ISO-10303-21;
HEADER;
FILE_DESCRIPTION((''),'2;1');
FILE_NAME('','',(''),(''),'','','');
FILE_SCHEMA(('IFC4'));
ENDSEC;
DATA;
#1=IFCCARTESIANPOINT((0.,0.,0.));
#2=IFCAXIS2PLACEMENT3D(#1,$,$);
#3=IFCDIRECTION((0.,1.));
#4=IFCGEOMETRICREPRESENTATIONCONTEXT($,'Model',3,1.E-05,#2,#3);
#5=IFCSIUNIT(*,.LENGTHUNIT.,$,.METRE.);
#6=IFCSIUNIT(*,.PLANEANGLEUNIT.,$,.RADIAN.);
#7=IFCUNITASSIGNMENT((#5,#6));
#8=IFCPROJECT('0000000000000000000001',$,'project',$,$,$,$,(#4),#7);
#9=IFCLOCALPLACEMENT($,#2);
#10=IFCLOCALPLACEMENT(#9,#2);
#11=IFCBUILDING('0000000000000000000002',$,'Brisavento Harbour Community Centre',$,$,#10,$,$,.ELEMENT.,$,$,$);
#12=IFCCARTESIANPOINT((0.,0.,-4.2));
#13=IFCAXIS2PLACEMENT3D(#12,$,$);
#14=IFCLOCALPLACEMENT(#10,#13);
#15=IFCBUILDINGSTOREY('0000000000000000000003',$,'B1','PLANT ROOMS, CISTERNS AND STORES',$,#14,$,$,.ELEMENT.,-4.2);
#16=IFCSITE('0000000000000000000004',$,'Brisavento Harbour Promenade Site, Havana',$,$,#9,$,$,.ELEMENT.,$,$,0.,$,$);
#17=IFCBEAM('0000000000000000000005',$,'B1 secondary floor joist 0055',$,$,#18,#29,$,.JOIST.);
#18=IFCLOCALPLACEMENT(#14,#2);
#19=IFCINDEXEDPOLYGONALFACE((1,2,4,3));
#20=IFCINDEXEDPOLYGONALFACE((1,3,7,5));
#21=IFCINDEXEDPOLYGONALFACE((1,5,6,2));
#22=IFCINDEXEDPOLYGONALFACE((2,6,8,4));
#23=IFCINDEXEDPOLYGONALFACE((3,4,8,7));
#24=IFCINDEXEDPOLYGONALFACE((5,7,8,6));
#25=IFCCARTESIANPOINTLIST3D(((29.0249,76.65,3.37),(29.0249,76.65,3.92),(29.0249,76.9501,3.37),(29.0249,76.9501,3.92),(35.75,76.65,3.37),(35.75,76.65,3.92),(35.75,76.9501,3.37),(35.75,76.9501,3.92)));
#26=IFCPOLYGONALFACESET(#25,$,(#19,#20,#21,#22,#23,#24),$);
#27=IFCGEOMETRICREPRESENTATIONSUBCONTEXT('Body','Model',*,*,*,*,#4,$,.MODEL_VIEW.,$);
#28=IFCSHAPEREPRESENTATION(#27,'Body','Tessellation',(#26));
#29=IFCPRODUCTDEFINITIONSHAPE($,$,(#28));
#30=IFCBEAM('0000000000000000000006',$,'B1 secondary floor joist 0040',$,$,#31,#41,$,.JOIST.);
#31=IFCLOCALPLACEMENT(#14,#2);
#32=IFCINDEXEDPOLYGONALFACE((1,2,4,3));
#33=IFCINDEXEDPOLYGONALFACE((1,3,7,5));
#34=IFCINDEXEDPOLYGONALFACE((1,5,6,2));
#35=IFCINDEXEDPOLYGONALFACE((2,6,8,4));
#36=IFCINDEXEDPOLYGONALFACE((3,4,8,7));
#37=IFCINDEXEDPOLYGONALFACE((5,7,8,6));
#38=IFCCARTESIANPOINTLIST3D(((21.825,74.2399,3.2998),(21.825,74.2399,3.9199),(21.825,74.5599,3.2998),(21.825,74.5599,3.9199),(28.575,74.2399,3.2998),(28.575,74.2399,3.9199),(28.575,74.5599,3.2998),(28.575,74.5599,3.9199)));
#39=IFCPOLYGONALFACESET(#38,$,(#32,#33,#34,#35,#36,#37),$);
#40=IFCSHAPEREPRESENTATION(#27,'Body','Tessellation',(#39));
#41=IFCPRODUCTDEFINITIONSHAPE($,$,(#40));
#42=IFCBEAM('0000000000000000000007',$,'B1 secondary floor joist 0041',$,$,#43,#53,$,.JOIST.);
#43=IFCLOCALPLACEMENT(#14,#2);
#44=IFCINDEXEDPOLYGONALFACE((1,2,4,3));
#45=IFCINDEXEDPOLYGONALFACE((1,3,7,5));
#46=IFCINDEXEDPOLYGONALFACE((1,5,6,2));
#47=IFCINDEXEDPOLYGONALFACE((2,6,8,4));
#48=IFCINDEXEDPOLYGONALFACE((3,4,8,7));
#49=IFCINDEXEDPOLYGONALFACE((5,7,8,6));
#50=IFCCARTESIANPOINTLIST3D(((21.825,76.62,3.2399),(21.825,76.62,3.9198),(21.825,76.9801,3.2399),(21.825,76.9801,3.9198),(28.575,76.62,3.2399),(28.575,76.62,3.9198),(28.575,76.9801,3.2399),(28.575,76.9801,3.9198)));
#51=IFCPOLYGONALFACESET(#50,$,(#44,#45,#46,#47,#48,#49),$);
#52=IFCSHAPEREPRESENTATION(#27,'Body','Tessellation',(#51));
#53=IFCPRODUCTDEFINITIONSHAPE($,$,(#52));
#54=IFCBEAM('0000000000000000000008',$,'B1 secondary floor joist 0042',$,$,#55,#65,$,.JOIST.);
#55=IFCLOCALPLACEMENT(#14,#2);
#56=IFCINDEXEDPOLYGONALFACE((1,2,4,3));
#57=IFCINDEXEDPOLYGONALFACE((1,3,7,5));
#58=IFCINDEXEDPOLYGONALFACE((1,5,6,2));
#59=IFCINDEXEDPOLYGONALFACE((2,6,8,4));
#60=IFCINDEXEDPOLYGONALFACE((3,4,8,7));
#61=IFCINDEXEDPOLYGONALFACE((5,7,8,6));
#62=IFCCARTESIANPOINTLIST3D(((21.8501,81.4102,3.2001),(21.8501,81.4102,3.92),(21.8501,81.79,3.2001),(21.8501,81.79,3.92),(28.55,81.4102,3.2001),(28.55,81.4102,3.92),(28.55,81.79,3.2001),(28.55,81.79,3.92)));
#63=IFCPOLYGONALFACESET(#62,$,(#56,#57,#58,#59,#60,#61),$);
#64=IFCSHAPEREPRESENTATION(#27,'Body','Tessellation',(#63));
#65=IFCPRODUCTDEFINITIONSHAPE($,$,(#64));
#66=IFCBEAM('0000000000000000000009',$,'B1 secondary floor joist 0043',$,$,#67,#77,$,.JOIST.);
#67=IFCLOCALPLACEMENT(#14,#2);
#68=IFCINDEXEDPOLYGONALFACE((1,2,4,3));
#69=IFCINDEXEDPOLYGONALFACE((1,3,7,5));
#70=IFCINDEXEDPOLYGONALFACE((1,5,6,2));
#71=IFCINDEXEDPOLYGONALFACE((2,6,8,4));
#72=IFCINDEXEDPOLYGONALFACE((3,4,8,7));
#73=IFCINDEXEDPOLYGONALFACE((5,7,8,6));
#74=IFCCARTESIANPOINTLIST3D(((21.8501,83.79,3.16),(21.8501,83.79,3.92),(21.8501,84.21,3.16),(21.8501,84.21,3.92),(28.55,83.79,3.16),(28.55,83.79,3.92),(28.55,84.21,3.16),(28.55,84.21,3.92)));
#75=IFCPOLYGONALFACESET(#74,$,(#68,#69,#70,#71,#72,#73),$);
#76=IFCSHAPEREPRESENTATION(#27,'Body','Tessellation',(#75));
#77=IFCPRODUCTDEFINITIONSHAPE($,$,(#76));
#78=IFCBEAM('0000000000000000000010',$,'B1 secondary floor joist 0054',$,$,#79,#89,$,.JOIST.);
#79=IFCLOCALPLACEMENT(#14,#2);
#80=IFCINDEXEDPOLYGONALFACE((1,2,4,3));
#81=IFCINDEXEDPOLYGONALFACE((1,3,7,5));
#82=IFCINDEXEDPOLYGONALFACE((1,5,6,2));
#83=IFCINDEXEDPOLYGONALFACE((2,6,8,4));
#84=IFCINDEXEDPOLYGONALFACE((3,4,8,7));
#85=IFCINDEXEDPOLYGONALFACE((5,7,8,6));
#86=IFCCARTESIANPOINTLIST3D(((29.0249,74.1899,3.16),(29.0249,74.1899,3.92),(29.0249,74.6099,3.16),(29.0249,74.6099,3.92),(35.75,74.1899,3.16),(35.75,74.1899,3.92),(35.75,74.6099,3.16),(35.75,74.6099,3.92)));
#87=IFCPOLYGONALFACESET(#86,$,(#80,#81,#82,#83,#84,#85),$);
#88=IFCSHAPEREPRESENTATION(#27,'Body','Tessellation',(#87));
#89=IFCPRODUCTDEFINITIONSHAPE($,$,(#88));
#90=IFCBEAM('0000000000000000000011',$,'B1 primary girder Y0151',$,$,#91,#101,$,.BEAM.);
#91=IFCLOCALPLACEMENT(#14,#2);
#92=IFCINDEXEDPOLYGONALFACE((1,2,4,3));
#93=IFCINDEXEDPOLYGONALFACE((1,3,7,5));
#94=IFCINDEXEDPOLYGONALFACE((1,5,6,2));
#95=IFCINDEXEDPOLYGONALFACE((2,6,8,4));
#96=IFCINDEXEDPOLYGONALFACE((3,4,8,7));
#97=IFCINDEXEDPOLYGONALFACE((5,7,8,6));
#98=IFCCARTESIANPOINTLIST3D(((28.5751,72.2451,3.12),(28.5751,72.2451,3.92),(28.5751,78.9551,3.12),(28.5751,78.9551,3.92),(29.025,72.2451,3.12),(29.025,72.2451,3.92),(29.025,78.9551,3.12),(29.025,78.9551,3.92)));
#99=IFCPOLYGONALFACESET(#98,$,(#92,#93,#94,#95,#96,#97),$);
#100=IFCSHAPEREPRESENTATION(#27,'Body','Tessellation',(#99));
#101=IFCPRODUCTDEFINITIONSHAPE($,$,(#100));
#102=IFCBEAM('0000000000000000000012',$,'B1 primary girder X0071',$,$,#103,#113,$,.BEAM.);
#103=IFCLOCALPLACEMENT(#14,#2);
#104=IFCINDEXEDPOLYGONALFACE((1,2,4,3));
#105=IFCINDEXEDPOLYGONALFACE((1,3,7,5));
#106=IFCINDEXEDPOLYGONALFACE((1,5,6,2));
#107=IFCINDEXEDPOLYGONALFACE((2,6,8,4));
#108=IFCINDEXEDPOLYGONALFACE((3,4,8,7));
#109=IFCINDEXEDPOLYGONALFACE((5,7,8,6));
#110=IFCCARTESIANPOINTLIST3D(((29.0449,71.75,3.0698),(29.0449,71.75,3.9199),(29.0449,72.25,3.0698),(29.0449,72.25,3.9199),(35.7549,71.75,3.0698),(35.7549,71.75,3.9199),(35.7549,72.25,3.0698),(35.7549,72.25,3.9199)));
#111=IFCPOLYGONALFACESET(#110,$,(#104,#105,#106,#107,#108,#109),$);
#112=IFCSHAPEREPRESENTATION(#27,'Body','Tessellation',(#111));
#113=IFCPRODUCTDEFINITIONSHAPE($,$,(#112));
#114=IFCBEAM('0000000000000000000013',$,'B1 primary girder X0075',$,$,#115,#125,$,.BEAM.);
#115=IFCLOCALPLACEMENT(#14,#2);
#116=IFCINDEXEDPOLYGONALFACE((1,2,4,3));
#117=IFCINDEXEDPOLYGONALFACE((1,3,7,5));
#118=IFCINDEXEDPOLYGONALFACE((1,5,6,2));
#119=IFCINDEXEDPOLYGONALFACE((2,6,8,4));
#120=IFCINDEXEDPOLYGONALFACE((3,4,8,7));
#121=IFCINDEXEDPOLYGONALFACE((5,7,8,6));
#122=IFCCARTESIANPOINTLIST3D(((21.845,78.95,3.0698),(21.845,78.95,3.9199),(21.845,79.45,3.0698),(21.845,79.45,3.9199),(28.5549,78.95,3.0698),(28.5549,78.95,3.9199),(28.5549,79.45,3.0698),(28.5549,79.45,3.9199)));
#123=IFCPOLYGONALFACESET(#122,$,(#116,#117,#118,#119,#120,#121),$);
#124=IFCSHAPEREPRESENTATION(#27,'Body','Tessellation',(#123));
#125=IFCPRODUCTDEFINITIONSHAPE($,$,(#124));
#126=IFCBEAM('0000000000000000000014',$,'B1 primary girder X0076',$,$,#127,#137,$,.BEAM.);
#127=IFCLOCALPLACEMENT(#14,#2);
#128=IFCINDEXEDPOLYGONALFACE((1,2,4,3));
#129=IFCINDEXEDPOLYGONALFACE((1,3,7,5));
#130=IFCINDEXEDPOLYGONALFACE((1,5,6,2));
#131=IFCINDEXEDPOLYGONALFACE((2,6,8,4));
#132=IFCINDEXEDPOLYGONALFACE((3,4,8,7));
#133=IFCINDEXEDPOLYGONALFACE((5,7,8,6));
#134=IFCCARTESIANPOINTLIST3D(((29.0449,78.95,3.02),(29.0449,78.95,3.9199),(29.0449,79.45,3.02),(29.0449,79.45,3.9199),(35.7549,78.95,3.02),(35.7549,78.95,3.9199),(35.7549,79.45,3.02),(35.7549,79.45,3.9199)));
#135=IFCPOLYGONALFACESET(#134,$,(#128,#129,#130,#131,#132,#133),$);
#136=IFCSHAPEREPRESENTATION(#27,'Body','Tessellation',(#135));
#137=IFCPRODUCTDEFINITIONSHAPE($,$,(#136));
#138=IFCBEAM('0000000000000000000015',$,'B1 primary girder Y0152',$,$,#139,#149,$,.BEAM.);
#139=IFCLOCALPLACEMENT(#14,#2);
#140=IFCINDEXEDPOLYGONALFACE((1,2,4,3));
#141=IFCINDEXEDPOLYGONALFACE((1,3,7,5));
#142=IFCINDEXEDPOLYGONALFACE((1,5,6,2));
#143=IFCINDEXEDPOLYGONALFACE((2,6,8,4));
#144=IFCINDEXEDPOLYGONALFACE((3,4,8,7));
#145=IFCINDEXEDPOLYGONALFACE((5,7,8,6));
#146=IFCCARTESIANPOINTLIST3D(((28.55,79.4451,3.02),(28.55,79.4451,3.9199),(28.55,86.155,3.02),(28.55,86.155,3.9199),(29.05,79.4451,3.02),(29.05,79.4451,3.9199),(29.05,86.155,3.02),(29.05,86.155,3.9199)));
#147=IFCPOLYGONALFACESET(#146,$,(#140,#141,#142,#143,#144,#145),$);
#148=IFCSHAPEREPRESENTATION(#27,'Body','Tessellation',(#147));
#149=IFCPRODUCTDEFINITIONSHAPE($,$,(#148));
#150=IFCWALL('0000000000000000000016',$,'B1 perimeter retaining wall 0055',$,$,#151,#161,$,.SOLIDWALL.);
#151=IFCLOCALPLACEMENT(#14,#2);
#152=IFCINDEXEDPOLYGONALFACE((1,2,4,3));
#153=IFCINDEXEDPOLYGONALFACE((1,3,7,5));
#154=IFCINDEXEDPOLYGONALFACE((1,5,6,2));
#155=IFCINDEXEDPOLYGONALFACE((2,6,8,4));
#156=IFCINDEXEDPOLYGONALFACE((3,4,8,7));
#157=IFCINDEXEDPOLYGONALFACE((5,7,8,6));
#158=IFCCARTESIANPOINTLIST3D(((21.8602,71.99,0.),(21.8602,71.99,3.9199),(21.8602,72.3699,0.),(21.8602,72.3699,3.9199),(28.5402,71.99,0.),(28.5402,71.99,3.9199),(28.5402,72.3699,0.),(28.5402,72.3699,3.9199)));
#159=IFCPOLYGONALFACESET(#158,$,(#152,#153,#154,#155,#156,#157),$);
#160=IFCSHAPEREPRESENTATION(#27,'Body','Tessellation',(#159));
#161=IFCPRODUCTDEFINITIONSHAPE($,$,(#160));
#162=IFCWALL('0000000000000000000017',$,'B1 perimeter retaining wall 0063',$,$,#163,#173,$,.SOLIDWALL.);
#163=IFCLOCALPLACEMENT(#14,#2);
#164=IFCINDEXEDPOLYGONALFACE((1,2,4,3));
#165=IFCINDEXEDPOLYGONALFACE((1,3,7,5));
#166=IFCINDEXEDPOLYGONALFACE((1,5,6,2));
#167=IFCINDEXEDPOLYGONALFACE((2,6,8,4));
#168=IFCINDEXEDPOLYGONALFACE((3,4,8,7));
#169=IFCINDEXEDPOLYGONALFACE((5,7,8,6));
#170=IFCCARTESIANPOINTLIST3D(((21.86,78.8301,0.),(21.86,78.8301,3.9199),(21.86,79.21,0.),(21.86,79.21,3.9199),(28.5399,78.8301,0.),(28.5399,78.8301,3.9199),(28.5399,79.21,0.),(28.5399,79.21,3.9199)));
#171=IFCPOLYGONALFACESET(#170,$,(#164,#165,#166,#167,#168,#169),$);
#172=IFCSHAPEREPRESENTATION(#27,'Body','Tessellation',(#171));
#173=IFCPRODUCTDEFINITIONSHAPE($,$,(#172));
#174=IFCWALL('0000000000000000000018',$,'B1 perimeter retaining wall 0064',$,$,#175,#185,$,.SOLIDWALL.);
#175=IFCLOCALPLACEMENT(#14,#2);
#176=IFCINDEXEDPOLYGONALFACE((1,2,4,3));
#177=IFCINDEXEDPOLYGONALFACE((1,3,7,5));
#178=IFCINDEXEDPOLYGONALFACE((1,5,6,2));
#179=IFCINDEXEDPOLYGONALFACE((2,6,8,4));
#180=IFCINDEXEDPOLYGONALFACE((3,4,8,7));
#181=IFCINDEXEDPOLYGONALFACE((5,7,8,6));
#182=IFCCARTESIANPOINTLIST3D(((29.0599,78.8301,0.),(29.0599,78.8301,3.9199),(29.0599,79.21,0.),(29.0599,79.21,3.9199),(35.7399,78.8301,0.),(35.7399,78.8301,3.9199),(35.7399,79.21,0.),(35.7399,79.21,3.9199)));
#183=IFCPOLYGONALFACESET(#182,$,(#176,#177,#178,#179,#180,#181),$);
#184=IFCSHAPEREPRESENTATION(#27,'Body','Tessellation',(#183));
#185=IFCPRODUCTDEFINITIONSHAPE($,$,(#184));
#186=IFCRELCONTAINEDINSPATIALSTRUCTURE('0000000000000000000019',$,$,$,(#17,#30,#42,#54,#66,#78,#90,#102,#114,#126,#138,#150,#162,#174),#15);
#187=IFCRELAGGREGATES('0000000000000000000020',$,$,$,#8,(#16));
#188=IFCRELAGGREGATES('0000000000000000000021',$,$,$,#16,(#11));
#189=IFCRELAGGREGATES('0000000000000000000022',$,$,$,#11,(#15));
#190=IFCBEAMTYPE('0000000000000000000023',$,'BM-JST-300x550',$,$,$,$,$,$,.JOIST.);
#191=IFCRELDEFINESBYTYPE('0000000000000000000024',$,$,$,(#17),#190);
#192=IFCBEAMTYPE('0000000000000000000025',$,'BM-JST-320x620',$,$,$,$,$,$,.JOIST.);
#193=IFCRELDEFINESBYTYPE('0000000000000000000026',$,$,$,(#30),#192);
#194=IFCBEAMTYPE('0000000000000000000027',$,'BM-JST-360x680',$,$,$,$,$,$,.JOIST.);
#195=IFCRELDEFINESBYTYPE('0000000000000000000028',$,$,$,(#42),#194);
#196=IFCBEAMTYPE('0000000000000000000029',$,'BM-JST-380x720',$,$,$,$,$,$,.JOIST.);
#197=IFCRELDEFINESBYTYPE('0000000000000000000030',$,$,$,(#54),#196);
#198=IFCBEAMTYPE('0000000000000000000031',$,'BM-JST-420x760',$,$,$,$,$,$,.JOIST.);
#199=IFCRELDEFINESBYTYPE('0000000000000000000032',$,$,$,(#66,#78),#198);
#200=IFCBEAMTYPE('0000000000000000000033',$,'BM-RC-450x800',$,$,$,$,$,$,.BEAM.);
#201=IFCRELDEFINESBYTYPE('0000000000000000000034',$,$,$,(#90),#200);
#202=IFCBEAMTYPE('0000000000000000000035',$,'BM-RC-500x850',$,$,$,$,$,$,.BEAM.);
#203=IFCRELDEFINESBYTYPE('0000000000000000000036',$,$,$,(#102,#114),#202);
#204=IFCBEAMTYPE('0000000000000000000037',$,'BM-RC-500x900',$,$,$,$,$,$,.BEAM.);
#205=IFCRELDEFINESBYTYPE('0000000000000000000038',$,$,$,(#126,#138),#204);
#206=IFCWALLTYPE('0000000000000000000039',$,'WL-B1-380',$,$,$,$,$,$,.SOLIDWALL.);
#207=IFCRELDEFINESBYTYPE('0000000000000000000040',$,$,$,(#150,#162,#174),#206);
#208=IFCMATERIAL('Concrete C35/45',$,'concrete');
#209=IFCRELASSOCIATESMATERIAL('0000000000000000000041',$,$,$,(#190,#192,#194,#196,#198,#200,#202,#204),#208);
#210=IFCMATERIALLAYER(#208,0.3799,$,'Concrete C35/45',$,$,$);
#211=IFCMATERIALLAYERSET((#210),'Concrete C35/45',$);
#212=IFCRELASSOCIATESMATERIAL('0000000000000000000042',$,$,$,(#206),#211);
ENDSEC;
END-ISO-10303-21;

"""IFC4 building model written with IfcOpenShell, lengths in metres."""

from ifc_helpers import new_model, si_unit, direction, frame, frame_2d, origin, origin_2d, place, context, subcontext, project, spatial, rectangle, extrude, material, layer, layer_set, material_profile, profile_set, type_object, element, save


model = new_model("IFC4")

# Units and contexts
model_context = context("Model", 3, precision=1e-05, world=origin(), true_north=direction((0.0, 1.0)))
body_context = subcontext(model_context, "Body", "Model", "MODEL_VIEW")
ifc_project = project(units=[si_unit("LENGTHUNIT", "METRE"), si_unit("PLANEANGLEUNIT", "RADIAN")], contexts=[model_context])

# Site, building, storey
site_placement = place(None, origin())
site = spatial("IfcSite", under=ifc_project, at=site_placement, Name="Brisavento Harbour Promenade Site, Havana", CompositionType="ELEMENT", RefElevation=0.0)
building_placement = place(site_placement, origin())
building = spatial("IfcBuilding", under=site, at=building_placement, Name="Brisavento Harbour Community Centre", CompositionType="ELEMENT")
storey_placement = place(building_placement, frame((0.0, 0.0, -4.2)))
storey = spatial("IfcBuildingStorey", under=building, at=storey_placement, Name="B1", Description="PLANT ROOMS, CISTERNS AND STORES", CompositionType="ELEMENT", Elevation=-4.2)

# Shared definitions
ifc_material = material(Name="Concrete C35/45", Category="concrete")

# Beams
ifc_material_profile_1 = material_profile(ifc_material, rectangle(XDim=0.3, YDim=0.55, at=origin_2d()), Name="Concrete C35/45")
ifc_profile_set_1 = profile_set([ifc_material_profile_1], Name="Concrete C35/45")
beam_type_1 = type_object("IfcBeamType", Name="BM-JST-300x550", PredefinedType="JOIST", material=ifc_profile_set_1)
beam_1_placement = place(storey_placement, frame((29.0249, 76.8, 3.645), z_axis=(1.0, 0.0, 0.0), x_axis=(0.0, 1.0, 0.0)))
element("IfcBeam", 1, at=beam_1_placement, inside=storey, type_object=beam_type_1, Name="B1 secondary floor joist 0055", PredefinedType="JOIST", context=body_context, shape_type="SweptSolid", body=[
    extrude(rectangle(XDim=0.3, YDim=0.55, at=origin_2d()), origin(), (0.0, 0.0, 1.0), 6.7251),
])
ifc_material_profile_2 = material_profile(ifc_material, rectangle(XDim=0.3201, YDim=0.6201, at=origin_2d()), Name="Concrete C35/45")
ifc_profile_set_2 = profile_set([ifc_material_profile_2], Name="Concrete C35/45")
beam_type_2 = type_object("IfcBeamType", Name="BM-JST-320x620", PredefinedType="JOIST", material=ifc_profile_set_2)
beam_2_placement = place(storey_placement, frame((21.825, 74.3999, 3.6099), z_axis=(1.0, 0.0, 0.0), x_axis=(0.0, 1.0, 0.0)))
element("IfcBeam", 2, at=beam_2_placement, inside=storey, type_object=beam_type_2, Name="B1 secondary floor joist 0040", PredefinedType="JOIST", context=body_context, shape_type="SweptSolid", body=[
    extrude(rectangle(XDim=0.3201, YDim=0.6201, at=origin_2d()), origin(), (0.0, 0.0, 1.0), 6.75),
])
ifc_material_profile_3 = material_profile(ifc_material, rectangle(XDim=0.3601, YDim=0.6799, at=origin_2d()), Name="Concrete C35/45")
ifc_profile_set_3 = profile_set([ifc_material_profile_3], Name="Concrete C35/45")
beam_type_3 = type_object("IfcBeamType", Name="BM-JST-360x680", PredefinedType="JOIST", material=ifc_profile_set_3)
beam_3_placement = place(storey_placement, frame((21.825, 76.8, 3.5798), z_axis=(1.0, 0.0, 0.0), x_axis=(0.0, 1.0, 0.0)))
element("IfcBeam", 3, at=beam_3_placement, inside=storey, type_object=beam_type_3, Name="B1 secondary floor joist 0041", PredefinedType="JOIST", context=body_context, shape_type="SweptSolid", body=[
    extrude(rectangle(XDim=0.3601, YDim=0.6799, at=origin_2d()), origin(), (0.0, 0.0, 1.0), 6.75),
])
ifc_material_profile_4 = material_profile(ifc_material, rectangle(XDim=0.3799, YDim=0.72, at=origin_2d()), Name="Concrete C35/45")
ifc_profile_set_4 = profile_set([ifc_material_profile_4], Name="Concrete C35/45")
beam_type_4 = type_object("IfcBeamType", Name="BM-JST-380x720", PredefinedType="JOIST", material=ifc_profile_set_4)
beam_4_placement = place(storey_placement, frame((21.8501, 81.6001, 3.5601), z_axis=(1.0, 0.0, 0.0), x_axis=(0.0, 1.0, 0.0)))
element("IfcBeam", 4, at=beam_4_placement, inside=storey, type_object=beam_type_4, Name="B1 secondary floor joist 0042", PredefinedType="JOIST", context=body_context, shape_type="SweptSolid", body=[
    extrude(rectangle(XDim=0.3799, YDim=0.72, at=origin_2d()), origin(), (0.0, 0.0, 1.0), 6.7),
])
ifc_material_profile_5 = material_profile(ifc_material, rectangle(XDim=0.4199, YDim=0.76, at=origin_2d()), Name="Concrete C35/45")
ifc_profile_set_5 = profile_set([ifc_material_profile_5], Name="Concrete C35/45")
beam_type_5 = type_object("IfcBeamType", Name="BM-JST-420x760", PredefinedType="JOIST", material=ifc_profile_set_5)
beam_5_placement = place(storey_placement, frame((21.8501, 84.0, 3.54), z_axis=(1.0, 0.0, 0.0), x_axis=(0.0, 1.0, 0.0)))
element("IfcBeam", 5, at=beam_5_placement, inside=storey, type_object=beam_type_5, Name="B1 secondary floor joist 0043", PredefinedType="JOIST", context=body_context, shape_type="SweptSolid", body=[
    extrude(rectangle(XDim=0.4199, YDim=0.76, at=origin_2d()), origin(), (0.0, 0.0, 1.0), 6.7),
])
beam_6_placement = place(storey_placement, frame((29.0249, 74.3999, 3.54), z_axis=(1.0, 0.0, 0.0), x_axis=(0.0, 1.0, 0.0)))
element("IfcBeam", 6, at=beam_6_placement, inside=storey, type_object=beam_type_5, Name="B1 secondary floor joist 0054", PredefinedType="JOIST", context=body_context, shape_type="SweptSolid", body=[
    extrude(rectangle(XDim=0.4199, YDim=0.76, at=origin_2d()), origin(), (0.0, 0.0, 1.0), 6.7251),
])
ifc_material_profile_6 = material_profile(ifc_material, rectangle(XDim=0.45, YDim=0.8, at=origin_2d()), Name="Concrete C35/45")
ifc_profile_set_6 = profile_set([ifc_material_profile_6], Name="Concrete C35/45")
beam_type_6 = type_object("IfcBeamType", Name="BM-RC-450x800", PredefinedType="BEAM", material=ifc_profile_set_6)
beam_7_placement = place(storey_placement, frame((28.8, 72.2451, 3.52), z_axis=(0.0, 1.0, 0.0), x_axis=(-1.0, 0.0, 0.0)))
element("IfcBeam", 7, at=beam_7_placement, inside=storey, type_object=beam_type_6, Name="B1 primary girder Y0151", PredefinedType="BEAM", context=body_context, shape_type="SweptSolid", body=[
    extrude(rectangle(XDim=0.45, YDim=0.8, at=origin_2d()), origin(), (0.0, 0.0, 1.0), 6.71),
])
ifc_material_profile_7 = material_profile(ifc_material, rectangle(XDim=0.5, YDim=0.8501, at=origin_2d()), Name="Concrete C35/45")
ifc_profile_set_7 = profile_set([ifc_material_profile_7], Name="Concrete C35/45")
beam_type_7 = type_object("IfcBeamType", Name="BM-RC-500x850", PredefinedType="BEAM", material=ifc_profile_set_7)
for number, where, z_axis, x_axis, name in (
    (8, (29.0449, 72.0, 3.4949), (1.0, 0.0, 0.0), (0.0, 1.0, 0.0), "B1 primary girder X0071"),
    (9, (21.845, 79.2, 3.4949), (1.0, 0.0, 0.0), (0.0, 1.0, 0.0), "B1 primary girder X0075"),
):
    element("IfcBeam", number, at=place(storey_placement, frame(where, z_axis=z_axis, x_axis=x_axis)), inside=storey, type_object=beam_type_7, Name=name, PredefinedType="BEAM", context=body_context, shape_type="SweptSolid", body=[
        extrude(rectangle(XDim=0.5, YDim=0.8501, at=origin_2d()), origin(), (0.0, 0.0, 1.0), 6.71),
    ])
ifc_material_profile_8 = material_profile(ifc_material, rectangle(XDim=0.5, YDim=0.8999, at=origin_2d()), Name="Concrete C35/45")
ifc_profile_set_8 = profile_set([ifc_material_profile_8], Name="Concrete C35/45")
beam_type_8 = type_object("IfcBeamType", Name="BM-RC-500x900", PredefinedType="BEAM", material=ifc_profile_set_8)
for number, where, z_axis, x_axis, name in (
    (10, (29.0449, 79.2, 3.47), (1.0, 0.0, 0.0), (0.0, 1.0, 0.0), "B1 primary girder X0076"),
    (11, (28.8, 79.4451, 3.47), (0.0, 1.0, 0.0), (-1.0, 0.0, 0.0), "B1 primary girder Y0152"),
):
    element("IfcBeam", number, at=place(storey_placement, frame(where, z_axis=z_axis, x_axis=x_axis)), inside=storey, type_object=beam_type_8, Name=name, PredefinedType="BEAM", context=body_context, shape_type="SweptSolid", body=[
        extrude(rectangle(XDim=0.5, YDim=0.8999, at=origin_2d()), origin(), (0.0, 0.0, 1.0), 6.71),
    ])

# Walls
ifc_layer = layer(ifc_material, 0.3799, Name="Concrete C35/45")
ifc_layer_set = layer_set([ifc_layer], Name="Concrete C35/45")
wall_type = type_object("IfcWallType", Name="WL-B1-380", PredefinedType="SOLIDWALL", material=ifc_layer_set)
for number, where, z_axis, x_axis, name in (
    (12, (28.54, 72.1799, 0.0), (0.0, 0.0, 1.0), (-1.0, 0.0, 0.0), "B1 perimeter retaining wall 0055"),
    (13, (21.8601, 79.02, 0.0), (0.0, 0.0, 1.0), (1.0, 0.0, 0.0), "B1 perimeter retaining wall 0063"),
    (14, (29.0601, 79.02, 0.0), (0.0, 0.0, 1.0), (1.0, 0.0, 0.0), "B1 perimeter retaining wall 0064"),
):
    element("IfcWall", number, at=place(storey_placement, frame(where, z_axis=z_axis, x_axis=x_axis)), inside=storey, type_object=wall_type, Name=name, PredefinedType="SOLIDWALL", context=body_context, shape_type="SweptSolid", body=[
        extrude(rectangle(XDim=6.6799, YDim=0.3799, at=frame_2d((3.3398, 0.0))), origin(), (0.0, 0.0, 1.0), 3.9199),
    ])

save(model, "model.ifc")
